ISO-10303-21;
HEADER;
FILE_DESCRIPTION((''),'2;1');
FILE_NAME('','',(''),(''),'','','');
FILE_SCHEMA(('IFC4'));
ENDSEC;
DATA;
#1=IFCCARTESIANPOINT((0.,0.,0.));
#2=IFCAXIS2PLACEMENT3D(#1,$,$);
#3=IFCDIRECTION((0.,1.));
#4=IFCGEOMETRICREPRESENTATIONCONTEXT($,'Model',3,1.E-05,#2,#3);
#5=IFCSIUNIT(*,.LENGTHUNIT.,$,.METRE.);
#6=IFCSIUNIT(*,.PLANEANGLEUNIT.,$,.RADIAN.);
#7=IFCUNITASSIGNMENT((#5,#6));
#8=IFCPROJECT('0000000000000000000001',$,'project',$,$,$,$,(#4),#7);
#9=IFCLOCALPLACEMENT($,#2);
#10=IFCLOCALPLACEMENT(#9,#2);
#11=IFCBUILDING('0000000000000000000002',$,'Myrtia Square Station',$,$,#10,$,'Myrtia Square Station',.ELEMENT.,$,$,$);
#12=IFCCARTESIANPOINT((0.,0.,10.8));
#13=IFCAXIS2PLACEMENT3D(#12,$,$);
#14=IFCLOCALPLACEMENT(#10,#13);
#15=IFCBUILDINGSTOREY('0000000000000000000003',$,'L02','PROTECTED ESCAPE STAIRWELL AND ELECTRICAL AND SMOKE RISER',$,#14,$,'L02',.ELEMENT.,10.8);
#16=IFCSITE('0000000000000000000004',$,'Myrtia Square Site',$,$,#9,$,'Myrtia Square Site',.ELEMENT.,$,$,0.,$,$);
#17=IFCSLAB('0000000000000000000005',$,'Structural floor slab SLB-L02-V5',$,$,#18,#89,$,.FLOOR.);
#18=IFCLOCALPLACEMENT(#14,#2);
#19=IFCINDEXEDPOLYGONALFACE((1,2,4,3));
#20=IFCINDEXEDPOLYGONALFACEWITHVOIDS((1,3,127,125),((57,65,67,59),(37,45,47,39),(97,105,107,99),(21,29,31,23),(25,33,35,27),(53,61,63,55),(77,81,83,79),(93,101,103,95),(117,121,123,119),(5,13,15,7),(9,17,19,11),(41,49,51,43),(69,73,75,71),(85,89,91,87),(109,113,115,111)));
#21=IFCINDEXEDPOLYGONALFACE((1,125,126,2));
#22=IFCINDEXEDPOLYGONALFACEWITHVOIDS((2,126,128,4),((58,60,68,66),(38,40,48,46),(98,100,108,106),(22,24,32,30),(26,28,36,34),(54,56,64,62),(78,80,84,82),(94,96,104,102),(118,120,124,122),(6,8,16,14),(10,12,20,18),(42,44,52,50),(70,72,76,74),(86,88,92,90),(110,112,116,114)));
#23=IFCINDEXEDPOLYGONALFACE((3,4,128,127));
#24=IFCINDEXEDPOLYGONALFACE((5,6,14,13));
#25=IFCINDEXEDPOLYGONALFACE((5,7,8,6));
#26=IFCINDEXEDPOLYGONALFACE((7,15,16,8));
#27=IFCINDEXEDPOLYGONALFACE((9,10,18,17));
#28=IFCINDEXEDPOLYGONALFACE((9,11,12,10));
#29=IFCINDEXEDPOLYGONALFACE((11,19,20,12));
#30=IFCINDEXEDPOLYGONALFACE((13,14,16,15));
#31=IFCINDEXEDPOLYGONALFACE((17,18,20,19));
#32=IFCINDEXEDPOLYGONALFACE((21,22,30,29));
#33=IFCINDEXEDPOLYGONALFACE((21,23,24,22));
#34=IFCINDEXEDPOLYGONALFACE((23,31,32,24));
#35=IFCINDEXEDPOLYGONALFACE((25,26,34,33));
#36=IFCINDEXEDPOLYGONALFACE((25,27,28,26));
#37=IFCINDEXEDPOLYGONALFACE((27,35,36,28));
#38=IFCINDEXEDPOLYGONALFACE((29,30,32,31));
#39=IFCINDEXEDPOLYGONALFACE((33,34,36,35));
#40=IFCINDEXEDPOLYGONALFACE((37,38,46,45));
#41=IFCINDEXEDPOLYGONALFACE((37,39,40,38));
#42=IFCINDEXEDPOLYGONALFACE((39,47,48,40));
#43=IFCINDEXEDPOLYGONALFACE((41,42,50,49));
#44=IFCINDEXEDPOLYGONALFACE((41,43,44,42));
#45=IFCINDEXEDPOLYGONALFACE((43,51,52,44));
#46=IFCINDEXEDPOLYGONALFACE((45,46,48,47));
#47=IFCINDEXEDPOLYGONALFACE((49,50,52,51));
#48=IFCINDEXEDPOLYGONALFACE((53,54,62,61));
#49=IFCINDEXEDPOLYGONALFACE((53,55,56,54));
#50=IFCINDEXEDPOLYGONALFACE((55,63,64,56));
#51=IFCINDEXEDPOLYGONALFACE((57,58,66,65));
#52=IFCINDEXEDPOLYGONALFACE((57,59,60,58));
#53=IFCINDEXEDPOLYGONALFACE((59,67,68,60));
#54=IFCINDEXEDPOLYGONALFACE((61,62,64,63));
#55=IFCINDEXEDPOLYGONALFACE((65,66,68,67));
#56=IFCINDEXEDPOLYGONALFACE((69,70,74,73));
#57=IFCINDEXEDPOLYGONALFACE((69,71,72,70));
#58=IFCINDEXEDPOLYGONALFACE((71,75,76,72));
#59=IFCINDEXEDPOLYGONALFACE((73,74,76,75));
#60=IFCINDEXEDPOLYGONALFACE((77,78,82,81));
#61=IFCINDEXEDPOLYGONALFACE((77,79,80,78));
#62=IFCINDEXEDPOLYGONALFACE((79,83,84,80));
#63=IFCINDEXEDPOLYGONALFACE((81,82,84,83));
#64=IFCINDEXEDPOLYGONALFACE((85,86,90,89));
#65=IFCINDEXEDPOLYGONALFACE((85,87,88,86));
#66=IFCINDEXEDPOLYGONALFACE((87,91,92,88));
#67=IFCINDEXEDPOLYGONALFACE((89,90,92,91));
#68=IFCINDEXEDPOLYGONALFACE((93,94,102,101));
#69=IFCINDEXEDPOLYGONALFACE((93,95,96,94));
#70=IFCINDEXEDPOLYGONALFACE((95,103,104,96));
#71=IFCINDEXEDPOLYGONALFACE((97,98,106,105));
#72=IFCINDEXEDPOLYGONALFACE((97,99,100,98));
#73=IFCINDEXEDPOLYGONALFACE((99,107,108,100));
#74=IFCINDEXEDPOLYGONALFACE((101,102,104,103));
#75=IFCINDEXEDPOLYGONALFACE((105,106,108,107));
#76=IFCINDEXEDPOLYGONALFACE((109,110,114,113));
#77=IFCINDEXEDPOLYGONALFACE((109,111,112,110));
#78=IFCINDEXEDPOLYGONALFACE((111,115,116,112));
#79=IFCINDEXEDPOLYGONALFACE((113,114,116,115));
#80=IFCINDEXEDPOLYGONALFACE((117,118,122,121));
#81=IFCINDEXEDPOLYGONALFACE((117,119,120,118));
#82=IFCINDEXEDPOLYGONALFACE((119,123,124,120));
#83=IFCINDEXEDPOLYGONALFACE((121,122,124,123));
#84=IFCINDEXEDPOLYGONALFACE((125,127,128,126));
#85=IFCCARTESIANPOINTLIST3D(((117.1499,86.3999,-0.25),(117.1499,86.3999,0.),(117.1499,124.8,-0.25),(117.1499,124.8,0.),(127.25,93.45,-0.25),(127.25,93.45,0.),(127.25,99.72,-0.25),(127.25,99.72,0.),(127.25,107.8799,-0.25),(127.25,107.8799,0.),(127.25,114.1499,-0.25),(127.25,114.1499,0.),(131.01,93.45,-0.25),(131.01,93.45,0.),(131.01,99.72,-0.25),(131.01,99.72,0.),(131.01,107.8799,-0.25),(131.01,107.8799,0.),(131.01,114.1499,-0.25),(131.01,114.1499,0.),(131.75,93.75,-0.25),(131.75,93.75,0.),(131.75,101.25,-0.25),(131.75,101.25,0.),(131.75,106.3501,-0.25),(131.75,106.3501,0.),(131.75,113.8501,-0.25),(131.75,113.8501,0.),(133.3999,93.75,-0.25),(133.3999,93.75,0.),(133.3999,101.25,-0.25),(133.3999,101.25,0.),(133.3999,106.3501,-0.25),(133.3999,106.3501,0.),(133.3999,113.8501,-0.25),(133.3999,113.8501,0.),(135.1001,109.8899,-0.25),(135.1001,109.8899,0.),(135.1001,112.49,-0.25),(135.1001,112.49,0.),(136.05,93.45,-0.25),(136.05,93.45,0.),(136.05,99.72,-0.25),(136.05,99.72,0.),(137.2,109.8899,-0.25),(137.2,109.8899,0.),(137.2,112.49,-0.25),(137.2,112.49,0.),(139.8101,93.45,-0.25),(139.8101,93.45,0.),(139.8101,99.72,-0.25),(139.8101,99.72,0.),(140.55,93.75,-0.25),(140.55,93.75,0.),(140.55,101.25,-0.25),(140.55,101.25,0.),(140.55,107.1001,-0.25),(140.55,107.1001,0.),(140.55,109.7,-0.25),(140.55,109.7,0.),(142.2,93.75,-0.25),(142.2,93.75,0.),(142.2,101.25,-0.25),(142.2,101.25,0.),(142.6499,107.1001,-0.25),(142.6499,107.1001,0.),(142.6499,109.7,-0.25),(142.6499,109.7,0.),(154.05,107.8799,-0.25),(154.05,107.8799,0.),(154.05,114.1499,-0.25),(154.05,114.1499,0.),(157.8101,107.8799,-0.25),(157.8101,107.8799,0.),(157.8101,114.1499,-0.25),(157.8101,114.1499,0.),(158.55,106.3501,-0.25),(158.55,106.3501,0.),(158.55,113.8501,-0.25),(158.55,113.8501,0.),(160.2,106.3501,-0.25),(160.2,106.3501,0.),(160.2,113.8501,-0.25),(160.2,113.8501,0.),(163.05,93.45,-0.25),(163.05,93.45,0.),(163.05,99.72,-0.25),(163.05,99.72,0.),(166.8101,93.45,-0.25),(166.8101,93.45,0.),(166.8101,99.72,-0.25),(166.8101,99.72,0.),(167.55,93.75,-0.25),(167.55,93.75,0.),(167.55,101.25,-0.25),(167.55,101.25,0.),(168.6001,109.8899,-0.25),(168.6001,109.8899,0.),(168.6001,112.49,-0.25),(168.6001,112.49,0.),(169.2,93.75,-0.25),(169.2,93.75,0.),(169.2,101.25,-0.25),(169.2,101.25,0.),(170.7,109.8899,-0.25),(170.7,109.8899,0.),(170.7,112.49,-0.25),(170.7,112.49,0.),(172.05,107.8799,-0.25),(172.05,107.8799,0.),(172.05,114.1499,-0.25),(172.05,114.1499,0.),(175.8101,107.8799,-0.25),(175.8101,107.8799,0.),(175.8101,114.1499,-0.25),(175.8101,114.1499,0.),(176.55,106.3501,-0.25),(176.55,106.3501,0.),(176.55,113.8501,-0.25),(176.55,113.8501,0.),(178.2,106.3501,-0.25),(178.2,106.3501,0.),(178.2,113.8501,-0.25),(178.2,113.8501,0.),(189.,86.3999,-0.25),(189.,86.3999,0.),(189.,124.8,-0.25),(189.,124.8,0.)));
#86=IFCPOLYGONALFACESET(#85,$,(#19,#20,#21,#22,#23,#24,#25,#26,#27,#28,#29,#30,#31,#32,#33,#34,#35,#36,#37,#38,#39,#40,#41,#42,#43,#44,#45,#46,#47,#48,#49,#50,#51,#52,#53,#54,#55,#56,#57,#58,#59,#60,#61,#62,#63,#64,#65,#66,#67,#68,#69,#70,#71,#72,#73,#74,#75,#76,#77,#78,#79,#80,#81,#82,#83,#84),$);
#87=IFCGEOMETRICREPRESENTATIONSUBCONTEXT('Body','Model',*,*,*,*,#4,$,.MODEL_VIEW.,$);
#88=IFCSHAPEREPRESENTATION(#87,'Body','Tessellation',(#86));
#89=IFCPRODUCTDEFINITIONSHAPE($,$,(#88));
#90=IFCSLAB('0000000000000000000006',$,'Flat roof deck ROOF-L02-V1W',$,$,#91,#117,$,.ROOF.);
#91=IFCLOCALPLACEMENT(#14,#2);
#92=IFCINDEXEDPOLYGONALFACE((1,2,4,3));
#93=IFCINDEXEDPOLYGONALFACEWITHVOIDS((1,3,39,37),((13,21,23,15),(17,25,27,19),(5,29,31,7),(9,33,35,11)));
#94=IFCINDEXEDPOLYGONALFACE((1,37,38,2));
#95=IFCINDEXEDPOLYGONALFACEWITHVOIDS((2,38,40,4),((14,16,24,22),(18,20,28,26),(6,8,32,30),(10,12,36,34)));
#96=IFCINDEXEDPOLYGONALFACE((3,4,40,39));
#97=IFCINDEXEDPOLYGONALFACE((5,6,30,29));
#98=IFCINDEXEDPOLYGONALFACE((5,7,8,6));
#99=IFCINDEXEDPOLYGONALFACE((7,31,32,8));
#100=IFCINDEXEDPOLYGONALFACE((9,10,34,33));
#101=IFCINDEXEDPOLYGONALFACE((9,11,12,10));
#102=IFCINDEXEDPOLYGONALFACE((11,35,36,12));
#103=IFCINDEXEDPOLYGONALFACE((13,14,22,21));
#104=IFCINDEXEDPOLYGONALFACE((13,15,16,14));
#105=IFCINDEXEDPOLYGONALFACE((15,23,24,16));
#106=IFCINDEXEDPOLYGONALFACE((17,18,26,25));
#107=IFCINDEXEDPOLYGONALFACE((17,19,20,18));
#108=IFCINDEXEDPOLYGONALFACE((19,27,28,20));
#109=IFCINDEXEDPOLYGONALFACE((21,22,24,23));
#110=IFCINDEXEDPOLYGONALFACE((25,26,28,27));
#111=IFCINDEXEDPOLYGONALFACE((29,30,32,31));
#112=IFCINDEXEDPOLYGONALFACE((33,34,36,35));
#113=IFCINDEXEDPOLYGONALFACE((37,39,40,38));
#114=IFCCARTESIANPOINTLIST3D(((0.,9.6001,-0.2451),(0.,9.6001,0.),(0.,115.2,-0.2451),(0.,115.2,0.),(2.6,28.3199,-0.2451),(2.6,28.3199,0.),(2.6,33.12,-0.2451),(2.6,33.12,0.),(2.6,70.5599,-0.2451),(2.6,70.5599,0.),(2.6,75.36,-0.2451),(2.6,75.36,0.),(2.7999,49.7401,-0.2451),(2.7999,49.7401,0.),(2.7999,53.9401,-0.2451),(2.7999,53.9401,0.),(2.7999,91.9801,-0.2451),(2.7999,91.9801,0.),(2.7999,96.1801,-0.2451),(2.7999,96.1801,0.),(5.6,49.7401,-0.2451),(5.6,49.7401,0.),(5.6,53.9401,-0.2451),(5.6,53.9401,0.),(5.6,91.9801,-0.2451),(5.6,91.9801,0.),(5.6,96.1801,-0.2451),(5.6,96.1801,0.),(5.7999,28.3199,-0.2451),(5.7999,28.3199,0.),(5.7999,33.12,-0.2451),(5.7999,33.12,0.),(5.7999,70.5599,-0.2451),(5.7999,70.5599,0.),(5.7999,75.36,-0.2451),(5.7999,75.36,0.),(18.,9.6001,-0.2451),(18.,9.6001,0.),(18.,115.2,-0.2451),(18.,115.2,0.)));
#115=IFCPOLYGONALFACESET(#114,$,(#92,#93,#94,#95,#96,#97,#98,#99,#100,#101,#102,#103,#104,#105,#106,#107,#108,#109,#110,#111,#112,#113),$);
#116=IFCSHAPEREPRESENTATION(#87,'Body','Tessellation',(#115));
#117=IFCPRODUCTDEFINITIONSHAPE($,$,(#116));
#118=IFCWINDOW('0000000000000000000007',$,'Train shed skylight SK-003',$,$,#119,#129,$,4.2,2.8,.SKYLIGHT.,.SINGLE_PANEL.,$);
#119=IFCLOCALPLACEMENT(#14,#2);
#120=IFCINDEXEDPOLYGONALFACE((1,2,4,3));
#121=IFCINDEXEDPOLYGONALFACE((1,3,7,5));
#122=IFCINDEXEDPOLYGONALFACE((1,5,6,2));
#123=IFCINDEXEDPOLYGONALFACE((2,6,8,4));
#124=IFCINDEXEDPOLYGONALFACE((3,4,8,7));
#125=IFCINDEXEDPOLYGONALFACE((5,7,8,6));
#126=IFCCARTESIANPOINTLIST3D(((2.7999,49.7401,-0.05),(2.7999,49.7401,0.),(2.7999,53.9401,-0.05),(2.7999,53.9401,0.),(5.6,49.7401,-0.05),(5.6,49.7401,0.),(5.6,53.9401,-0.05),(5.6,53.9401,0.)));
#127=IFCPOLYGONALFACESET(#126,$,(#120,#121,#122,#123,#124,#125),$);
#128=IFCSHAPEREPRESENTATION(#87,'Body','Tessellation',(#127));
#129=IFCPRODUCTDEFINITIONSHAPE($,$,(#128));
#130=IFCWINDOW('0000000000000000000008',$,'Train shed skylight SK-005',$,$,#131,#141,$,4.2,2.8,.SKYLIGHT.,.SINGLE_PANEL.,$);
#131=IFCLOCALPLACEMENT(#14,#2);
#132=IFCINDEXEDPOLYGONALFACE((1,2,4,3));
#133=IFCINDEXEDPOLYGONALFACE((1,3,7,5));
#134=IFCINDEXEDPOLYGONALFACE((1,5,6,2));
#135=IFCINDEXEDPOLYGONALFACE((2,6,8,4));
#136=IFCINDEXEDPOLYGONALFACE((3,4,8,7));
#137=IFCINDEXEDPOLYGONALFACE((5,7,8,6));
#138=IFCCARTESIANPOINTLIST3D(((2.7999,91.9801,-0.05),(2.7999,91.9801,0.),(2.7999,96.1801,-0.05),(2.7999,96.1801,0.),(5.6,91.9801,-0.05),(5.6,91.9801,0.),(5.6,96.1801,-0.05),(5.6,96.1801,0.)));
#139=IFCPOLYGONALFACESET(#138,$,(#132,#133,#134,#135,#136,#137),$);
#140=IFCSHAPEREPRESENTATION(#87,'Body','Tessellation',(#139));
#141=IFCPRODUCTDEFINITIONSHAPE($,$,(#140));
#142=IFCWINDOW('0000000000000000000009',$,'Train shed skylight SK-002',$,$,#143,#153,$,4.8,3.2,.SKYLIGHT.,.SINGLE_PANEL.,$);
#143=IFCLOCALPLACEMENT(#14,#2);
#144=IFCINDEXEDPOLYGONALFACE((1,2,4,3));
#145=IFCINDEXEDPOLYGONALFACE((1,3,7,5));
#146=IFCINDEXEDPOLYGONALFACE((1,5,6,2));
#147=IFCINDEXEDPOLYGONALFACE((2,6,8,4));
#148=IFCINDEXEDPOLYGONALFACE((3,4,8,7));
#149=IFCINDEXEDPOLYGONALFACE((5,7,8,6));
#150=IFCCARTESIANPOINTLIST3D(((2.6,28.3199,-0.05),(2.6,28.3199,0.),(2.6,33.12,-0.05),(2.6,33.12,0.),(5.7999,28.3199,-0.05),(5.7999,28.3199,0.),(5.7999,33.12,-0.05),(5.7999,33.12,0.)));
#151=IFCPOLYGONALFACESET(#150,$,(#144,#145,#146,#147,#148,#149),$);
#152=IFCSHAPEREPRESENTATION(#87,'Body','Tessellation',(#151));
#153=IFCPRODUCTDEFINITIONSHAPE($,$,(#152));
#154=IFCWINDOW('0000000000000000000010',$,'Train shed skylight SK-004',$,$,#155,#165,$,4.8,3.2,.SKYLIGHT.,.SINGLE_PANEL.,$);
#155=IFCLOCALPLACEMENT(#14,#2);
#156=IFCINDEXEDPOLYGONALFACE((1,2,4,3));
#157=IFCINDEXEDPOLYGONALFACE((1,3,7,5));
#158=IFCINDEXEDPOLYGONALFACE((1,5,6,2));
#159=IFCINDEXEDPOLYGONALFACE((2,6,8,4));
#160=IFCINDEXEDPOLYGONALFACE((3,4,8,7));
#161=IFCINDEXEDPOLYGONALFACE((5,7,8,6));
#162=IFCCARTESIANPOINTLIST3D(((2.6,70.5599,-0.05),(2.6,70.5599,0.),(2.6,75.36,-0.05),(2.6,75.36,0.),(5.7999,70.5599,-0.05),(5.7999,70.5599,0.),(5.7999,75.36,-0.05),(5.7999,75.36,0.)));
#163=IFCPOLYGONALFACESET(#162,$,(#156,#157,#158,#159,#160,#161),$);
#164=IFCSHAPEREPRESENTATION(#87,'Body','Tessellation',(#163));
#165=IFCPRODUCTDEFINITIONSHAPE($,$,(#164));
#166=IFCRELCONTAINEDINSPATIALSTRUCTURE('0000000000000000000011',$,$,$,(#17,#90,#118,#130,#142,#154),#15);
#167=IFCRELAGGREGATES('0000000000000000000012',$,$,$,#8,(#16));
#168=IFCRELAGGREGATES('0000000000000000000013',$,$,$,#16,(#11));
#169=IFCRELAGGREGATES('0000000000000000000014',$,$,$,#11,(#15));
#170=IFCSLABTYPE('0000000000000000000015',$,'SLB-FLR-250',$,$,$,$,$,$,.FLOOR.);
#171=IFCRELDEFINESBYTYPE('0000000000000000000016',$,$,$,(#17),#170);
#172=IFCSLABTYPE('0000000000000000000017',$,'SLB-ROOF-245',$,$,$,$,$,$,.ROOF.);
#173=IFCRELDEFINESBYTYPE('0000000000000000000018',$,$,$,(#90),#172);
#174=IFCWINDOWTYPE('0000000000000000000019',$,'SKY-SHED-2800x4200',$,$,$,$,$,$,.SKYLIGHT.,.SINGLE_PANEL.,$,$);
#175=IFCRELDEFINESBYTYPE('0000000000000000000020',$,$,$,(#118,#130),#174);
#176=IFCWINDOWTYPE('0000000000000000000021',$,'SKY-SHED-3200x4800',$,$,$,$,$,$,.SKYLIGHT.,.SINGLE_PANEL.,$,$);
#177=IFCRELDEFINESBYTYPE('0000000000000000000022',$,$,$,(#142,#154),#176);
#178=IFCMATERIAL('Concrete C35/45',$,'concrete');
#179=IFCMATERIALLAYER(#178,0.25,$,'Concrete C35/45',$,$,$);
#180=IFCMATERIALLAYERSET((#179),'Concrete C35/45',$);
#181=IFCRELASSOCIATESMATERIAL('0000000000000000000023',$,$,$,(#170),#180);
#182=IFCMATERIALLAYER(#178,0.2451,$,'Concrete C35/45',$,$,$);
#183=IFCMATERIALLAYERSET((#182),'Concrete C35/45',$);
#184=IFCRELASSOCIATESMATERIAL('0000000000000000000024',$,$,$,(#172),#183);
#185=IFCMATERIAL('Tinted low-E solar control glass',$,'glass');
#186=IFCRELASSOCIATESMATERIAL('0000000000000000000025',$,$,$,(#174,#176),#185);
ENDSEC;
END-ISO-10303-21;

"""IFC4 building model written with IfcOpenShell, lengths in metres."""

from ifc_helpers import new_model, si_unit, direction, frame, origin, origin_2d, place, context, subcontext, project, spatial, polyline, rectangle, outline, extrude, material, layer, layer_set, type_object, element, fill, save


model = new_model("IFC4")

# Units and contexts
model_context = context("Model", 3, precision=1e-05, world=origin(), true_north=direction((0.0, 1.0)))
body_context = subcontext(model_context, "Body", "Model", "MODEL_VIEW")
ifc_project = project(units=[si_unit("LENGTHUNIT", "METRE"), si_unit("PLANEANGLEUNIT", "RADIAN")], contexts=[model_context])

# Site, building, storey
site_placement = place(None, origin())
site = spatial("IfcSite", under=ifc_project, at=site_placement, Name="Myrtia Square Site", LongName="Myrtia Square Site", CompositionType="ELEMENT", RefElevation=0.0)
building_placement = place(site_placement, origin())
building = spatial("IfcBuilding", under=site, at=building_placement, Name="Myrtia Square Station", LongName="Myrtia Square Station", CompositionType="ELEMENT")
storey_placement = place(building_placement, frame((0.0, 0.0, 10.8)))
storey = spatial("IfcBuildingStorey", under=building, at=storey_placement, Name="L02", Description="PROTECTED ESCAPE STAIRWELL AND ELECTRICAL AND SMOKE RISER", LongName="L02", CompositionType="ELEMENT", Elevation=10.8)

# Slab
ifc_material_1 = material(Name="Concrete C35/45", Category="concrete")
ifc_layer_1 = layer(ifc_material_1, 0.25, Name="Concrete C35/45")
ifc_layer_set_1 = layer_set([ifc_layer_1], Name="Concrete C35/45")
slab_type_1 = type_object("IfcSlabType", Name="SLB-FLR-250", PredefinedType="FLOOR", material=ifc_layer_set_1)
slab_1_placement = place(storey_placement, frame((0.0, 0.0, -0.25)))
element("IfcSlab", 1, at=slab_1_placement, inside=storey, type_object=slab_type_1, Name="Structural floor slab SLB-L02-V5", PredefinedType="FLOOR", context=body_context, shape_type="SweptSolid", body=[
    extrude(outline(polyline([(117.1499, 86.3999), (189.0, 86.3999), (189.0, 124.8), (117.1499, 124.8), (117.1499, 86.3999)]), holes=[polyline([(131.75, 106.3501), (131.75, 113.8501), (133.3999, 113.8501), (133.3999, 106.3501), (131.75, 106.3501)]), polyline([(176.55, 106.3501), (176.55, 113.8501), (178.2, 113.8501), (178.2, 106.3501), (176.55, 106.3501)]), polyline([(131.75, 93.75), (131.75, 101.25), (133.3999, 101.25), (133.3999, 93.75), (131.75, 93.75)]), polyline([(140.55, 93.75), (140.55, 101.25), (142.2, 101.25), (142.2, 93.75), (140.55, 93.75)]), polyline([(158.55, 106.3501), (158.55, 113.8501), (160.2, 113.8501), (160.2, 106.3501), (158.55, 106.3501)]), polyline([(167.55, 93.75), (167.55, 101.25), (169.2, 101.25), (169.2, 93.75), (167.55, 93.75)]), polyline([(127.25, 107.8799), (127.25, 114.1499), (131.01, 114.1499), (131.01, 107.8799), (127.25, 107.8799)]), polyline([(172.05, 107.8799), (172.05, 114.1499), (175.8101, 114.1499), (175.8101, 107.8799), (172.05, 107.8799)]), polyline([(127.25, 93.45), (127.25, 99.72), (131.01, 99.72), (131.01, 93.45), (127.25, 93.45)]), polyline([(136.05, 93.45), (136.05, 99.72), (139.8101, 99.72), (139.8101, 93.45), (136.05, 93.45)]), polyline([(154.05, 107.8799), (154.05, 114.1499), (157.8101, 114.1499), (157.8101, 107.8799), (154.05, 107.8799)]), polyline([(163.05, 93.45), (163.05, 99.72), (166.8101, 99.72), (166.8101, 93.45), (163.05, 93.45)]), polyline([(140.55, 107.1001), (140.55, 109.7), (142.6499, 109.7), (142.6499, 107.1001), (140.55, 107.1001)]), polyline([(135.1001, 109.8899), (135.1001, 112.49), (137.2, 112.49), (137.2, 109.8899), (135.1001, 109.8899)]), polyline([(168.6001, 109.8899), (168.6001, 112.49), (170.7, 112.49), (170.7, 109.8899), (168.6001, 109.8899)])]), origin(), (0.0, 0.0, 1.0), 0.25),
])

# Slab, openings, windows
ifc_layer_2 = layer(ifc_material_1, 0.2451, Name="Concrete C35/45")
ifc_layer_set_2 = layer_set([ifc_layer_2], Name="Concrete C35/45")
slab_type_2 = type_object("IfcSlabType", Name="SLB-ROOF-245", PredefinedType="ROOF", material=ifc_layer_set_2)
slab_2_placement = place(storey_placement, frame((0.0, 0.0, -0.2451)))
slab_2 = element("IfcSlab", 2, at=slab_2_placement, inside=storey, type_object=slab_type_2, Name="Flat roof deck ROOF-L02-V1W", PredefinedType="ROOF", context=body_context, shape_type="SweptSolid", body=[
    extrude(outline(polyline([(0.0, 9.6001), (18.0, 9.6001), (18.0, 115.2), (0.0, 115.2), (0.0, 9.6001)])), origin(), (0.0, 0.0, 1.0), 0.2451),
])
opening_1_placement = place(slab_2_placement, frame((4.2, 30.72, 0.0)))
opening_1 = element("IfcOpeningElement", 3, at=opening_1_placement, cuts=slab_2, PredefinedType="OPENING", context=body_context, shape_type="SweptSolid", body=[
    extrude(rectangle(XDim=3.2, YDim=4.8, at=origin_2d()), frame((0.0, 0.0, -0.0149), z_axis=(0.0, 0.0, 1.0), x_axis=(1.0, 0.0, 0.0)), (0.0, 0.0, 1.0), 0.2751),
])
opening_2_placement = place(slab_2_placement, frame((4.2, 51.8401, 0.0)))
opening_2 = element("IfcOpeningElement", 4, at=opening_2_placement, cuts=slab_2, PredefinedType="OPENING", context=body_context, shape_type="SweptSolid", body=[
    extrude(rectangle(XDim=2.8, YDim=4.2, at=origin_2d()), frame((0.0, 0.0, -0.0149), z_axis=(0.0, 0.0, 1.0), x_axis=(1.0, 0.0, 0.0)), (0.0, 0.0, 1.0), 0.2751),
])
opening_3_placement = place(slab_2_placement, frame((4.2, 72.96, 0.0)))
opening_3 = element("IfcOpeningElement", 5, at=opening_3_placement, cuts=slab_2, PredefinedType="OPENING", context=body_context, shape_type="SweptSolid", body=[
    extrude(rectangle(XDim=3.2, YDim=4.8, at=origin_2d()), frame((0.0, 0.0, -0.0149), z_axis=(0.0, 0.0, 1.0), x_axis=(1.0, 0.0, 0.0)), (0.0, 0.0, 1.0), 0.2751),
])
opening_4_placement = place(slab_2_placement, frame((4.2, 94.0801, 0.0)))
opening_4 = element("IfcOpeningElement", 6, at=opening_4_placement, cuts=slab_2, PredefinedType="OPENING", context=body_context, shape_type="SweptSolid", body=[
    extrude(rectangle(XDim=2.8, YDim=4.2, at=origin_2d()), frame((0.0, 0.0, -0.0149), z_axis=(0.0, 0.0, 1.0), x_axis=(1.0, 0.0, 0.0)), (0.0, 0.0, 1.0), 0.2751),
])
ifc_material_2 = material(Name="Tinted low-E solar control glass", Category="glass")
window_type_1 = type_object("IfcWindowType", Name="SKY-SHED-2800x4200", PartitioningType="SINGLE_PANEL", PredefinedType="SKYLIGHT", material=ifc_material_2)
window_1_placement = place(opening_2_placement, frame((0.0, 0.0, 0.1951)))
window_1 = element("IfcWindow", 7, at=window_1_placement, inside=storey, type_object=window_type_1, Name="Train shed skylight SK-003", OverallHeight=4.2, OverallWidth=2.8, PartitioningType="SINGLE_PANEL", PredefinedType="SKYLIGHT", context=body_context, shape_type="SweptSolid", body=[
    extrude(rectangle(XDim=2.8, YDim=4.2, at=origin_2d()), origin(), (0.0, 0.0, 1.0), 0.05),
])
fill(opening_2, window_1)
window_2_placement = place(opening_4_placement, frame((0.0, 0.0, 0.1951)))
window_2 = element("IfcWindow", 8, at=window_2_placement, inside=storey, type_object=window_type_1, Name="Train shed skylight SK-005", OverallHeight=4.2, OverallWidth=2.8, PartitioningType="SINGLE_PANEL", PredefinedType="SKYLIGHT", context=body_context, shape_type="SweptSolid", body=[
    extrude(rectangle(XDim=2.8, YDim=4.2, at=origin_2d()), origin(), (0.0, 0.0, 1.0), 0.05),
])
fill(opening_4, window_2)
window_type_2 = type_object("IfcWindowType", Name="SKY-SHED-3200x4800", PartitioningType="SINGLE_PANEL", PredefinedType="SKYLIGHT", material=ifc_material_2)
window_3_placement = place(opening_1_placement, frame((0.0, 0.0, 0.1951)))
window_3 = element("IfcWindow", 9, at=window_3_placement, inside=storey, type_object=window_type_2, Name="Train shed skylight SK-002", OverallHeight=4.8, OverallWidth=3.2, PartitioningType="SINGLE_PANEL", PredefinedType="SKYLIGHT", context=body_context, shape_type="SweptSolid", body=[
    extrude(rectangle(XDim=3.2, YDim=4.8, at=origin_2d()), origin(), (0.0, 0.0, 1.0), 0.05),
])
fill(opening_1, window_3)
window_4_placement = place(opening_3_placement, frame((0.0, 0.0, 0.1951)))
window_4 = element("IfcWindow", 10, at=window_4_placement, inside=storey, type_object=window_type_2, Name="Train shed skylight SK-004", OverallHeight=4.8, OverallWidth=3.2, PartitioningType="SINGLE_PANEL", PredefinedType="SKYLIGHT", context=body_context, shape_type="SweptSolid", body=[
    extrude(rectangle(XDim=3.2, YDim=4.8, at=origin_2d()), origin(), (0.0, 0.0, 1.0), 0.05),
])
fill(opening_3, window_4)

save(model, "model.ifc")
